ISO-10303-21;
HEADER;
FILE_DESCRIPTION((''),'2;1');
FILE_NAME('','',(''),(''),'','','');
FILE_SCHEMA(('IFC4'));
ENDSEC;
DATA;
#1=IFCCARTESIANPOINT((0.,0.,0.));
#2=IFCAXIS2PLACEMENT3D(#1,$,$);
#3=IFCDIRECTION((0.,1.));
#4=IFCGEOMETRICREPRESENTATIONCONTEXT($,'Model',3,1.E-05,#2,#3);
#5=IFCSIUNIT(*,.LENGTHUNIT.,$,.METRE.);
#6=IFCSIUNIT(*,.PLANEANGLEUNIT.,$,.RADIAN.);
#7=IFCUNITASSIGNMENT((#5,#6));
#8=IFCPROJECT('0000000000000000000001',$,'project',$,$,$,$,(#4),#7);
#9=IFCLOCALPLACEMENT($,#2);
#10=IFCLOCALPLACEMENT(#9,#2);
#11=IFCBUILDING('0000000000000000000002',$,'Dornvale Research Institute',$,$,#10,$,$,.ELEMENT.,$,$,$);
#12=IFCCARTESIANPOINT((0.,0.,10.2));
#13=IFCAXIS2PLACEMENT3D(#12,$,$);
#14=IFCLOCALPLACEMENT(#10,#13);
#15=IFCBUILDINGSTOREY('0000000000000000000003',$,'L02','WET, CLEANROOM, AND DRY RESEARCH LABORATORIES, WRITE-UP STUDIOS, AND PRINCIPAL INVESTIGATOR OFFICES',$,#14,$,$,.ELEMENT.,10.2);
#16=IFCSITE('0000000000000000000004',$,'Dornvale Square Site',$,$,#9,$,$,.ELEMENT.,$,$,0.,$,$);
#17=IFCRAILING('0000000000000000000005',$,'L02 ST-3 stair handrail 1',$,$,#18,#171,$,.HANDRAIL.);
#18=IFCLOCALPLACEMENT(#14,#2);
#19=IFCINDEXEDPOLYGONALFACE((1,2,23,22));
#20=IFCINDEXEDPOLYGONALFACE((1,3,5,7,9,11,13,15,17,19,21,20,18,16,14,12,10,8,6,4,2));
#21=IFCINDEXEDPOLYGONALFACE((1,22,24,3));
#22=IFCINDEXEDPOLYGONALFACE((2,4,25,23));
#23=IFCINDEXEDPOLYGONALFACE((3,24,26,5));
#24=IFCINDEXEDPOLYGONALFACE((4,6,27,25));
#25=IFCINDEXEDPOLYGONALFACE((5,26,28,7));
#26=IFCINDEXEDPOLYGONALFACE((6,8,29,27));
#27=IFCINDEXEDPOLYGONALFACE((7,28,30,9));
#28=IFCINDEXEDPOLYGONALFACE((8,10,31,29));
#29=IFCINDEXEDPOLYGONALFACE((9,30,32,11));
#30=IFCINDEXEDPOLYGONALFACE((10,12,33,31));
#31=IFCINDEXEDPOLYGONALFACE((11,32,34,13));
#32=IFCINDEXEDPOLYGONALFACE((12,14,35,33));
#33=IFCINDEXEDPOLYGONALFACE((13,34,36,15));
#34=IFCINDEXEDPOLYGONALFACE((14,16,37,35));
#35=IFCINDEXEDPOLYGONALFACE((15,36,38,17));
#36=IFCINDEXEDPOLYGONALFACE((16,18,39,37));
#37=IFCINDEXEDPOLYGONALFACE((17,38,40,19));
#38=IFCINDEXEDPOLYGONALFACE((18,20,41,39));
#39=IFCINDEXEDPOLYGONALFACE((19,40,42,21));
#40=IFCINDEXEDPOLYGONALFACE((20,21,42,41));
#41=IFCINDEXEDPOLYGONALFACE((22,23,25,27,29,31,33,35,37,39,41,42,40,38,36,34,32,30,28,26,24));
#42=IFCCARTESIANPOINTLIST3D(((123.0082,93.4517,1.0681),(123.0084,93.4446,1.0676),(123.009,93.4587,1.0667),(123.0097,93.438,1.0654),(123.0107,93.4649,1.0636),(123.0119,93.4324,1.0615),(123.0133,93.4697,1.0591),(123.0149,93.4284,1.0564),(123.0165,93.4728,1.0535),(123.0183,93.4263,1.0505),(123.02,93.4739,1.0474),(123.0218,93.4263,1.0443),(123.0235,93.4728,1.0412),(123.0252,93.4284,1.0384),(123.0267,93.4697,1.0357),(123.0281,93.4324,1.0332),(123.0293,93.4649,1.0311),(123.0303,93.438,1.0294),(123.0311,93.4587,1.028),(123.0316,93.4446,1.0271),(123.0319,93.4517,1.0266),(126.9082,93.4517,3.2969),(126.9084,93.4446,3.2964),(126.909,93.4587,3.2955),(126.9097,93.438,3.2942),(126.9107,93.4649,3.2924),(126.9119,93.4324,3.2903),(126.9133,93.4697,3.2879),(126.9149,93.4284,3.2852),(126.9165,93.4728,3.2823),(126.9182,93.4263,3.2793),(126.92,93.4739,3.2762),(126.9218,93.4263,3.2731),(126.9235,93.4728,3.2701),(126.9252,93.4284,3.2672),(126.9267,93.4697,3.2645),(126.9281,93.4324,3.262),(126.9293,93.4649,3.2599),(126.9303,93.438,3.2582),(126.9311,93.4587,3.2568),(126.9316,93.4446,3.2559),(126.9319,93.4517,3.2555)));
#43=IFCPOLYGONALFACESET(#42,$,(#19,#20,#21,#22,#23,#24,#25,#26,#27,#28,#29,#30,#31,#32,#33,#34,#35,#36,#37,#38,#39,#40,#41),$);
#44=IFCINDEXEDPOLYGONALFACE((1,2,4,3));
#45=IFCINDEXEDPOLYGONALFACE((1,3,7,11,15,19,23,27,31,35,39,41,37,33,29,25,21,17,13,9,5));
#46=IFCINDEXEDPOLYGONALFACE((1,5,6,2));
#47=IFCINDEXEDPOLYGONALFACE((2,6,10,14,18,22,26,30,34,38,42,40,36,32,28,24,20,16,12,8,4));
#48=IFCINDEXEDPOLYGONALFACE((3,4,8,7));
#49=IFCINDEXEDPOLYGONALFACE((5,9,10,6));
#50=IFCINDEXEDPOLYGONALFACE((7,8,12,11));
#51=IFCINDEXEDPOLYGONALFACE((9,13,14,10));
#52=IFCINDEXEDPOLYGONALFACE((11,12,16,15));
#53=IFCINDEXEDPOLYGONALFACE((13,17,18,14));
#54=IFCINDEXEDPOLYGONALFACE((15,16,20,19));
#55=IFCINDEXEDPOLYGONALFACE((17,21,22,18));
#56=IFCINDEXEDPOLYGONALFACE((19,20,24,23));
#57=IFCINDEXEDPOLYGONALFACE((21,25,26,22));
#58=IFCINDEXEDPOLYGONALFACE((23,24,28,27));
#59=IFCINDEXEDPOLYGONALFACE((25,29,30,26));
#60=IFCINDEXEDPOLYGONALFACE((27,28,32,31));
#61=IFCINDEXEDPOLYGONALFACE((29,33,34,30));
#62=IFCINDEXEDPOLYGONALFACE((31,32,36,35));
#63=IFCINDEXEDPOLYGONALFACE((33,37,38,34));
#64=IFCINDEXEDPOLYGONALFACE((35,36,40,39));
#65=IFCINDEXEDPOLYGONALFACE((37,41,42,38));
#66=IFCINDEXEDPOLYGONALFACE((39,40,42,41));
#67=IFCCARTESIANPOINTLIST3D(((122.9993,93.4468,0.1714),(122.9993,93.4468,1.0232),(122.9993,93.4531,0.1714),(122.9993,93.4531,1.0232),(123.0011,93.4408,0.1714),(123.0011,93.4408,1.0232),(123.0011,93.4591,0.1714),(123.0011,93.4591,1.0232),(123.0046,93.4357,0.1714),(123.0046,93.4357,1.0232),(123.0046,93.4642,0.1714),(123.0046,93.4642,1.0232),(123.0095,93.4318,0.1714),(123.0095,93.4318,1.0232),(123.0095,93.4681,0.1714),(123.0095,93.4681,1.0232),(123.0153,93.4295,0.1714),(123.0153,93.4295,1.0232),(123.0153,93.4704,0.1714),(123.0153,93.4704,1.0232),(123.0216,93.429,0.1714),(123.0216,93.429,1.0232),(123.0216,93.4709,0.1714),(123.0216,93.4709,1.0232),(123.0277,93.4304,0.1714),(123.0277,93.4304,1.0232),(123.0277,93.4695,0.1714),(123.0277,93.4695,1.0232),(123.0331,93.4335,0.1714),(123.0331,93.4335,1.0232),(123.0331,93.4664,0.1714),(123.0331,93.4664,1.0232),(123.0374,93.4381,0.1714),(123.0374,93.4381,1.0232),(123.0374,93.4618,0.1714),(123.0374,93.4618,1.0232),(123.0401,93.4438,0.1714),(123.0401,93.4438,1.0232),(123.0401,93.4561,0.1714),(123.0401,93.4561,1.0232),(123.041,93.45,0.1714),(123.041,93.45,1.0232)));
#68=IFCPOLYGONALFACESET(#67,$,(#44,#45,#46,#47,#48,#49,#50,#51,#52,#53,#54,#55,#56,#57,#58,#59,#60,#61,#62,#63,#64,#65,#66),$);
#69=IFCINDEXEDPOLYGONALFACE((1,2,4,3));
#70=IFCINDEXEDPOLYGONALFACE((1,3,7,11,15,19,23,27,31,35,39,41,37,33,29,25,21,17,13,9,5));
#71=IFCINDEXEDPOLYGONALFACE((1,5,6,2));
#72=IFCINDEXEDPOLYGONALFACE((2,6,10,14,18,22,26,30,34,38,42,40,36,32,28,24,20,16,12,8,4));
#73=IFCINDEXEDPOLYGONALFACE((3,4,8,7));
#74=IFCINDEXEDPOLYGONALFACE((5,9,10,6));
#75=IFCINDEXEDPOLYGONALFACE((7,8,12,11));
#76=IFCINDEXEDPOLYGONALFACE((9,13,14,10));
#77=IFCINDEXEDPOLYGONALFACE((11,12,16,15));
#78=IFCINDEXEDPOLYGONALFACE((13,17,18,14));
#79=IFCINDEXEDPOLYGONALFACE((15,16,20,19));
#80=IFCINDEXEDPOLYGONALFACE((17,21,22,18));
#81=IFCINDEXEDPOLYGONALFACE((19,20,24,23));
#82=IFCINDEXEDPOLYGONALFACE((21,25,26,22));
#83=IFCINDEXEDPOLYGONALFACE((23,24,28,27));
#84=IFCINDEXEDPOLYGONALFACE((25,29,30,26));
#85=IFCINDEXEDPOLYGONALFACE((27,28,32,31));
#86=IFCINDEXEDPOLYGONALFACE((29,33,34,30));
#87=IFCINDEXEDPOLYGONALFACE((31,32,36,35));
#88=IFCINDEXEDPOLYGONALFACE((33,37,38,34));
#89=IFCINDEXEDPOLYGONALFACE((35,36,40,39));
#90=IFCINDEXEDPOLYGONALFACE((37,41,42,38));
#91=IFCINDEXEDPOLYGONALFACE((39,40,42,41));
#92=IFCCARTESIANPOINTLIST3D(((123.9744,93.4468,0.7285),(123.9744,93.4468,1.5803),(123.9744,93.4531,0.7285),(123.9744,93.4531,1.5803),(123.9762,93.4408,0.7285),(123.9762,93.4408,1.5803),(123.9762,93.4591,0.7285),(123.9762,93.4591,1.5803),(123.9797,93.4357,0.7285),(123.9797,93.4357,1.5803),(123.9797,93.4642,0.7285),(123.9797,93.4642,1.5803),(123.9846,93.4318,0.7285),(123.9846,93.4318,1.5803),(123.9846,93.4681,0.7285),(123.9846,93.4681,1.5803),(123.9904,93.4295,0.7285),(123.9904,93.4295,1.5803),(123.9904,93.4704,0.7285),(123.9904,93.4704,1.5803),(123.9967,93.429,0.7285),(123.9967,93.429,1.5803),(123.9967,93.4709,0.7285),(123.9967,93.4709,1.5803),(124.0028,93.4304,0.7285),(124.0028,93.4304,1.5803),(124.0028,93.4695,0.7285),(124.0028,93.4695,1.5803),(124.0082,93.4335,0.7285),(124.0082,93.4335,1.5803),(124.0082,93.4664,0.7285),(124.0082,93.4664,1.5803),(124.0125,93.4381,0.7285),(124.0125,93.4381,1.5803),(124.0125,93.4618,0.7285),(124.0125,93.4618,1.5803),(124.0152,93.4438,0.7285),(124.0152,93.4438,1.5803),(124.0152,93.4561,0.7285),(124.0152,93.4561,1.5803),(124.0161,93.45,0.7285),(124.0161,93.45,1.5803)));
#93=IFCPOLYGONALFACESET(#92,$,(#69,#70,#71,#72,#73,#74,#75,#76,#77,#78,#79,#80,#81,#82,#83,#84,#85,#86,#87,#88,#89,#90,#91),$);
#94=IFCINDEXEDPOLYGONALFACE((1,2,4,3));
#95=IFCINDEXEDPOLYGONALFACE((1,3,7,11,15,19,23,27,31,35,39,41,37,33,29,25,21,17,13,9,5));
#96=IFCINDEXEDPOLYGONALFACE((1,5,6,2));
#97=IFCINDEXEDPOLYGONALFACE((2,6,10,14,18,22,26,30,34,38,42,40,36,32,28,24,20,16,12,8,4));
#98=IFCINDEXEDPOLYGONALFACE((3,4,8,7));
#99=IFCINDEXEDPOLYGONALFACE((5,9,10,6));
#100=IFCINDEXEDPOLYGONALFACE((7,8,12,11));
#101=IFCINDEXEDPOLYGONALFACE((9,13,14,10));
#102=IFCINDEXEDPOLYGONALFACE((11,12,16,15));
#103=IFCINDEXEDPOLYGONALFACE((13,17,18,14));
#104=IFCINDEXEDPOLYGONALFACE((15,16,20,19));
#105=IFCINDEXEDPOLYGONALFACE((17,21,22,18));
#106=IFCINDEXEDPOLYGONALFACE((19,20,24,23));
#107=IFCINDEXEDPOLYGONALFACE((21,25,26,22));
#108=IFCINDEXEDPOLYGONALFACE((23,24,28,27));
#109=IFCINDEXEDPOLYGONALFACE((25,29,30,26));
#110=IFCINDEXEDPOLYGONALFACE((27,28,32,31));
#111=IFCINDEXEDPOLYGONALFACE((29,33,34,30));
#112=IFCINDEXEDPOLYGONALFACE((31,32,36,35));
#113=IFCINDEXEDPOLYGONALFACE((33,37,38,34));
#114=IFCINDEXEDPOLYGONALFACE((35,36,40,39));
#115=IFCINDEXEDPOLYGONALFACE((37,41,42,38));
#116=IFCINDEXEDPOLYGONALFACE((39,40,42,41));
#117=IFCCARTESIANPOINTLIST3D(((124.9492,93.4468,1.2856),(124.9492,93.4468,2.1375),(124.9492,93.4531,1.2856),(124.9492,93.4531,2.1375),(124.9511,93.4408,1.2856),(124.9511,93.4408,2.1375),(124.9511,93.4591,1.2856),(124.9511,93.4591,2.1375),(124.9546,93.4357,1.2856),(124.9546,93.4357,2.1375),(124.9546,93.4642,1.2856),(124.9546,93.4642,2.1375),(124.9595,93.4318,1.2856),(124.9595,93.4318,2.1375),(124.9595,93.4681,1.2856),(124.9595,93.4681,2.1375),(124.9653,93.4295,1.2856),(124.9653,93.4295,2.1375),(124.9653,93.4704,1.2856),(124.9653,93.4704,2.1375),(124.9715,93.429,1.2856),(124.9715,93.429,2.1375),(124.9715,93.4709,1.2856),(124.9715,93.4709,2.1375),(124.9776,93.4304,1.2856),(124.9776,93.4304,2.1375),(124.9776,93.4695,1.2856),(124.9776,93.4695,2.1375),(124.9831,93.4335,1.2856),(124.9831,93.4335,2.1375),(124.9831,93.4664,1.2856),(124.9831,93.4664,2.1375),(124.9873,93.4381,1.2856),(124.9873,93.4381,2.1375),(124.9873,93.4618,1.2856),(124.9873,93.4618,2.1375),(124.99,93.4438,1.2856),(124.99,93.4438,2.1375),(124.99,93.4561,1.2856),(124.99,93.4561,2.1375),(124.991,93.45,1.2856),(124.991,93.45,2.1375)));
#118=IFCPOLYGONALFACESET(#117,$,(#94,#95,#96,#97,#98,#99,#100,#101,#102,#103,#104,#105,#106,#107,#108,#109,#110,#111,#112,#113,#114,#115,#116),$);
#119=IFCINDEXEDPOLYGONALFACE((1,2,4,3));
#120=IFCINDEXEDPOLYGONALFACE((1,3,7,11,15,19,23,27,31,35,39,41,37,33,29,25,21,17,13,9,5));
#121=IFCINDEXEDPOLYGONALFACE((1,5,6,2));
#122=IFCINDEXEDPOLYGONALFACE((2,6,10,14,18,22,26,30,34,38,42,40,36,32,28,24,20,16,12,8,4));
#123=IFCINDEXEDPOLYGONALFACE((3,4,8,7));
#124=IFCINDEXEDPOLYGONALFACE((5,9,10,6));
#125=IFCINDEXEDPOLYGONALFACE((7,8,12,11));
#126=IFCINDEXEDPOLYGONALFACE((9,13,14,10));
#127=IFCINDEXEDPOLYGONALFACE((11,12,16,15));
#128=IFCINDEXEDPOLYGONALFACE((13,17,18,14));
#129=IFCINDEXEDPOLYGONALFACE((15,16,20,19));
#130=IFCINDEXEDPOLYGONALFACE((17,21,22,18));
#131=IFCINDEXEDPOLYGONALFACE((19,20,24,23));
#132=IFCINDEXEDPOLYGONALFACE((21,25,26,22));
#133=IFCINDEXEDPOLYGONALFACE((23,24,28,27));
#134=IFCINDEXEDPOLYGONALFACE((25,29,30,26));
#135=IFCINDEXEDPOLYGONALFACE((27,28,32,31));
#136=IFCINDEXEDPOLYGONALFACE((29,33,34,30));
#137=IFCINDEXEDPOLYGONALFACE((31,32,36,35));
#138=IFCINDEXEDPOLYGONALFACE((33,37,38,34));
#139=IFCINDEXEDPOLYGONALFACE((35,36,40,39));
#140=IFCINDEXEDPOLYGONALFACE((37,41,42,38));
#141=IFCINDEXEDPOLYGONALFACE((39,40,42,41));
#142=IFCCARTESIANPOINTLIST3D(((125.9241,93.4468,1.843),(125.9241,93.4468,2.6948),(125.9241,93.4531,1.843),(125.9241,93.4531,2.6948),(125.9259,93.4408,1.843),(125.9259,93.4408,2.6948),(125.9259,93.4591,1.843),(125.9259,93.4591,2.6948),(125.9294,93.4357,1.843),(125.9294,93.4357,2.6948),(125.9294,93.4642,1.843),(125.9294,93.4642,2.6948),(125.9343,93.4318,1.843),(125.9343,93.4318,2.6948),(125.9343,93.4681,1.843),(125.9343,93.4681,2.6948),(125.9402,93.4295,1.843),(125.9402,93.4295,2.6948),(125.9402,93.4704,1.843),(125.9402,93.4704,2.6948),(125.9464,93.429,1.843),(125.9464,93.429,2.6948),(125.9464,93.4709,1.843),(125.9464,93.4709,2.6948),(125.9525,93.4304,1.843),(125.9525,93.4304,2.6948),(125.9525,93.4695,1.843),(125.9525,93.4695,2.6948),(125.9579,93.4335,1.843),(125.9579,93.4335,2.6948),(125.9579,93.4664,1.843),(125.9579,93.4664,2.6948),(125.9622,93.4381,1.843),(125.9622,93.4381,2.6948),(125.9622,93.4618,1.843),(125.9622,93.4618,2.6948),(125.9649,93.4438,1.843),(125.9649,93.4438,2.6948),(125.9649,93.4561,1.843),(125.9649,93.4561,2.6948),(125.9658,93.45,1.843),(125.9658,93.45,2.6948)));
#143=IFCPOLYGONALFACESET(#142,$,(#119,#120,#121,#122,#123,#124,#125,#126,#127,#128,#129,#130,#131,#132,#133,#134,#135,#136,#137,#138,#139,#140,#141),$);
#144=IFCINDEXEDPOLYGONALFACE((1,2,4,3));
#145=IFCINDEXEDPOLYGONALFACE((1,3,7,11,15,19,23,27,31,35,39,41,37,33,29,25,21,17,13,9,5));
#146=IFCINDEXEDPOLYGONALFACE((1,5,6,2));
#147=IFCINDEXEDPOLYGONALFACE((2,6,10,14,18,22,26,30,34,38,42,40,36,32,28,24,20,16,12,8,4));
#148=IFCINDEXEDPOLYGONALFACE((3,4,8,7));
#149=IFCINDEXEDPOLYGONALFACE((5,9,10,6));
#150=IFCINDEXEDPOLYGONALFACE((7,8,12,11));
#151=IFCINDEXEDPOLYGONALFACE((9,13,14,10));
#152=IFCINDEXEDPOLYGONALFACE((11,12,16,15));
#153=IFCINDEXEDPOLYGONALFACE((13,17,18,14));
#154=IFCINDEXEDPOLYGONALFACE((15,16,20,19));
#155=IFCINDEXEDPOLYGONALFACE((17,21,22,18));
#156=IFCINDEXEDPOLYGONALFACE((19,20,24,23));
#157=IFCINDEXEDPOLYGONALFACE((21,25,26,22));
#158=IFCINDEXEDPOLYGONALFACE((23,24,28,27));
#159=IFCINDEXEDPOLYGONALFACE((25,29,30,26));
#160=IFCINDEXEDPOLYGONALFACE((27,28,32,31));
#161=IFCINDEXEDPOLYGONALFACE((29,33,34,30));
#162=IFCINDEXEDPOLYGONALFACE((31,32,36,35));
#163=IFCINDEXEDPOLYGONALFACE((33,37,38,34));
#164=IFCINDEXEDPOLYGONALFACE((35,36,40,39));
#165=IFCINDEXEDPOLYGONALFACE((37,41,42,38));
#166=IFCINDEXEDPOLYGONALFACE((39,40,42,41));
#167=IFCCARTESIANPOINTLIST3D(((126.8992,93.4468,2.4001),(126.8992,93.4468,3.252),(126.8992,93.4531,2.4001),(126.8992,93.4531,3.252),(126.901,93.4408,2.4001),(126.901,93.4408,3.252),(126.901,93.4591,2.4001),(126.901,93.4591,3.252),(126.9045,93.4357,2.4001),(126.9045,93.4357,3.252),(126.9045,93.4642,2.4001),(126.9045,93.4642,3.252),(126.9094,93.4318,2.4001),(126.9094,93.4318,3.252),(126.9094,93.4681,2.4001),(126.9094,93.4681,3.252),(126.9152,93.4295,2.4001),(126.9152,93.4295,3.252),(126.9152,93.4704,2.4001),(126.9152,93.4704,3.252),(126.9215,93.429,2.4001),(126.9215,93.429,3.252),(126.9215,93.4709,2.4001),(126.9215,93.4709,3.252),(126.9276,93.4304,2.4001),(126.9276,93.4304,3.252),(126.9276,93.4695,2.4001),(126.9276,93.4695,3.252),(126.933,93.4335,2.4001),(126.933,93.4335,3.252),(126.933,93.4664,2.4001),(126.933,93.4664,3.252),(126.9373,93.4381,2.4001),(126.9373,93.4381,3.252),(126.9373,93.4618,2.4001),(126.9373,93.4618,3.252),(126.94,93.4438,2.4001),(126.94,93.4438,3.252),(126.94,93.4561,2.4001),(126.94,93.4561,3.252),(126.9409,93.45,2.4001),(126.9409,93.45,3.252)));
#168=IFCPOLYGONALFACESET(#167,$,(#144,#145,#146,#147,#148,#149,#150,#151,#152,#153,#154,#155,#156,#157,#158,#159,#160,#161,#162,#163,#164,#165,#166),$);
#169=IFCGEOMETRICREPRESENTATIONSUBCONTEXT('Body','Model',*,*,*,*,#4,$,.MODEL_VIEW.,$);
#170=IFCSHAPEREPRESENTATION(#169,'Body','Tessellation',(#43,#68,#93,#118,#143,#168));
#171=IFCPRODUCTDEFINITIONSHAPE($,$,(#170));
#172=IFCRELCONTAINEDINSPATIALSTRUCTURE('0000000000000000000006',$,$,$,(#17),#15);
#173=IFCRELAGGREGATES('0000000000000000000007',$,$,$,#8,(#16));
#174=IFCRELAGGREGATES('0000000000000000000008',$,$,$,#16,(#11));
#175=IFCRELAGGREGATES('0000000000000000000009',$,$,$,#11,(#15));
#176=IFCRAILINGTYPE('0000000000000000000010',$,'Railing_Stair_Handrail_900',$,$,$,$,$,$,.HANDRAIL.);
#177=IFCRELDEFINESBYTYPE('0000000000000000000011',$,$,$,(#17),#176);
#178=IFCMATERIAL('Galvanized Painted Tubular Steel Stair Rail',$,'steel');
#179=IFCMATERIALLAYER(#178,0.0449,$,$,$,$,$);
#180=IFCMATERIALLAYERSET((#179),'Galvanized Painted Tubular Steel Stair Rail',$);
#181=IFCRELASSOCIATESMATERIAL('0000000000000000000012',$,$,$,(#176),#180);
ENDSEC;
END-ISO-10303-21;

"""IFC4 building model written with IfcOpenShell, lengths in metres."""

from ifc_helpers import new_model, si_unit, direction, frame, origin, origin_2d, place, context, subcontext, project, spatial, circle, extrude, material, layer, layer_set, type_object, element, save


model = new_model("IFC4")

# Units and contexts
model_context = context("Model", 3, precision=1e-05, world=origin(), true_north=direction((0.0, 1.0)))
body_context = subcontext(model_context, "Body", "Model", "MODEL_VIEW")
ifc_project = project(units=[si_unit("LENGTHUNIT", "METRE"), si_unit("PLANEANGLEUNIT", "RADIAN")], contexts=[model_context])

# Site, building, storey
site_placement = place(None, origin())
site = spatial("IfcSite", under=ifc_project, at=site_placement, Name="Dornvale Square Site", CompositionType="ELEMENT", RefElevation=0.0)
building_placement = place(site_placement, origin())
building = spatial("IfcBuilding", under=site, at=building_placement, Name="Dornvale Research Institute", CompositionType="ELEMENT")
storey_placement = place(building_placement, frame((0.0, 0.0, 10.2)))
storey = spatial("IfcBuildingStorey", under=building, at=storey_placement, Name="L02", Description="WET, CLEANROOM, AND DRY RESEARCH LABORATORIES, WRITE-UP STUDIOS, AND PRINCIPAL INVESTIGATOR OFFICES", CompositionType="ELEMENT", Elevation=10.2)

# Railing
ifc_material_1 = material(Name="Galvanized Painted Tubular Steel Stair Rail", Category="steel")
ifc_layer_1 = layer(ifc_material_1, 0.0449)
ifc_layer_set_1 = layer_set([ifc_layer_1], Name="Galvanized Painted Tubular Steel Stair Rail")
railing_type_1 = type_object("IfcRailingType", Name="Railing_Stair_Handrail_900", PredefinedType="HANDRAIL", material=ifc_layer_set_1)
railing_1_placement = place(storey_placement, frame((123.02, 93.45, 0.1714)))
element("IfcRailing", 1, at=railing_1_placement, inside=storey, type_object=railing_type_1, Name="L02 ST-3 stair handrail 1", PredefinedType="HANDRAIL", context=body_context, shape_type="SweptSolid", body=[
    extrude(circle(Radius=0.0239, at=origin_2d()), frame((0.0, 0.0, 0.876), z_axis=(0.86822, 0.0, 0.49618), x_axis=(0.0, 1.0, 0.0)), (0.0, 0.0, 1.0), 4.4919),
    extrude(circle(Radius=0.021, at=origin_2d()), origin(), (0.0, 0.0, 1.0), 0.8518),
    extrude(circle(Radius=0.021, at=origin_2d()), frame((0.9751, 0.0, 0.5571)), (0.0, 0.0, 1.0), 0.8518),
    extrude(circle(Radius=0.021, at=origin_2d()), frame((1.95, 0.0, 1.1143)), (0.0, 0.0, 1.0), 0.8518),
    extrude(circle(Radius=0.021, at=origin_2d()), frame((2.9248, 0.0, 1.6716)), (0.0, 0.0, 1.0), 0.8518),
    extrude(circle(Radius=0.021, at=origin_2d()), frame((3.8999, 0.0, 2.2288)), (0.0, 0.0, 1.0), 0.8518),
])

save(model, "model.ifc")
